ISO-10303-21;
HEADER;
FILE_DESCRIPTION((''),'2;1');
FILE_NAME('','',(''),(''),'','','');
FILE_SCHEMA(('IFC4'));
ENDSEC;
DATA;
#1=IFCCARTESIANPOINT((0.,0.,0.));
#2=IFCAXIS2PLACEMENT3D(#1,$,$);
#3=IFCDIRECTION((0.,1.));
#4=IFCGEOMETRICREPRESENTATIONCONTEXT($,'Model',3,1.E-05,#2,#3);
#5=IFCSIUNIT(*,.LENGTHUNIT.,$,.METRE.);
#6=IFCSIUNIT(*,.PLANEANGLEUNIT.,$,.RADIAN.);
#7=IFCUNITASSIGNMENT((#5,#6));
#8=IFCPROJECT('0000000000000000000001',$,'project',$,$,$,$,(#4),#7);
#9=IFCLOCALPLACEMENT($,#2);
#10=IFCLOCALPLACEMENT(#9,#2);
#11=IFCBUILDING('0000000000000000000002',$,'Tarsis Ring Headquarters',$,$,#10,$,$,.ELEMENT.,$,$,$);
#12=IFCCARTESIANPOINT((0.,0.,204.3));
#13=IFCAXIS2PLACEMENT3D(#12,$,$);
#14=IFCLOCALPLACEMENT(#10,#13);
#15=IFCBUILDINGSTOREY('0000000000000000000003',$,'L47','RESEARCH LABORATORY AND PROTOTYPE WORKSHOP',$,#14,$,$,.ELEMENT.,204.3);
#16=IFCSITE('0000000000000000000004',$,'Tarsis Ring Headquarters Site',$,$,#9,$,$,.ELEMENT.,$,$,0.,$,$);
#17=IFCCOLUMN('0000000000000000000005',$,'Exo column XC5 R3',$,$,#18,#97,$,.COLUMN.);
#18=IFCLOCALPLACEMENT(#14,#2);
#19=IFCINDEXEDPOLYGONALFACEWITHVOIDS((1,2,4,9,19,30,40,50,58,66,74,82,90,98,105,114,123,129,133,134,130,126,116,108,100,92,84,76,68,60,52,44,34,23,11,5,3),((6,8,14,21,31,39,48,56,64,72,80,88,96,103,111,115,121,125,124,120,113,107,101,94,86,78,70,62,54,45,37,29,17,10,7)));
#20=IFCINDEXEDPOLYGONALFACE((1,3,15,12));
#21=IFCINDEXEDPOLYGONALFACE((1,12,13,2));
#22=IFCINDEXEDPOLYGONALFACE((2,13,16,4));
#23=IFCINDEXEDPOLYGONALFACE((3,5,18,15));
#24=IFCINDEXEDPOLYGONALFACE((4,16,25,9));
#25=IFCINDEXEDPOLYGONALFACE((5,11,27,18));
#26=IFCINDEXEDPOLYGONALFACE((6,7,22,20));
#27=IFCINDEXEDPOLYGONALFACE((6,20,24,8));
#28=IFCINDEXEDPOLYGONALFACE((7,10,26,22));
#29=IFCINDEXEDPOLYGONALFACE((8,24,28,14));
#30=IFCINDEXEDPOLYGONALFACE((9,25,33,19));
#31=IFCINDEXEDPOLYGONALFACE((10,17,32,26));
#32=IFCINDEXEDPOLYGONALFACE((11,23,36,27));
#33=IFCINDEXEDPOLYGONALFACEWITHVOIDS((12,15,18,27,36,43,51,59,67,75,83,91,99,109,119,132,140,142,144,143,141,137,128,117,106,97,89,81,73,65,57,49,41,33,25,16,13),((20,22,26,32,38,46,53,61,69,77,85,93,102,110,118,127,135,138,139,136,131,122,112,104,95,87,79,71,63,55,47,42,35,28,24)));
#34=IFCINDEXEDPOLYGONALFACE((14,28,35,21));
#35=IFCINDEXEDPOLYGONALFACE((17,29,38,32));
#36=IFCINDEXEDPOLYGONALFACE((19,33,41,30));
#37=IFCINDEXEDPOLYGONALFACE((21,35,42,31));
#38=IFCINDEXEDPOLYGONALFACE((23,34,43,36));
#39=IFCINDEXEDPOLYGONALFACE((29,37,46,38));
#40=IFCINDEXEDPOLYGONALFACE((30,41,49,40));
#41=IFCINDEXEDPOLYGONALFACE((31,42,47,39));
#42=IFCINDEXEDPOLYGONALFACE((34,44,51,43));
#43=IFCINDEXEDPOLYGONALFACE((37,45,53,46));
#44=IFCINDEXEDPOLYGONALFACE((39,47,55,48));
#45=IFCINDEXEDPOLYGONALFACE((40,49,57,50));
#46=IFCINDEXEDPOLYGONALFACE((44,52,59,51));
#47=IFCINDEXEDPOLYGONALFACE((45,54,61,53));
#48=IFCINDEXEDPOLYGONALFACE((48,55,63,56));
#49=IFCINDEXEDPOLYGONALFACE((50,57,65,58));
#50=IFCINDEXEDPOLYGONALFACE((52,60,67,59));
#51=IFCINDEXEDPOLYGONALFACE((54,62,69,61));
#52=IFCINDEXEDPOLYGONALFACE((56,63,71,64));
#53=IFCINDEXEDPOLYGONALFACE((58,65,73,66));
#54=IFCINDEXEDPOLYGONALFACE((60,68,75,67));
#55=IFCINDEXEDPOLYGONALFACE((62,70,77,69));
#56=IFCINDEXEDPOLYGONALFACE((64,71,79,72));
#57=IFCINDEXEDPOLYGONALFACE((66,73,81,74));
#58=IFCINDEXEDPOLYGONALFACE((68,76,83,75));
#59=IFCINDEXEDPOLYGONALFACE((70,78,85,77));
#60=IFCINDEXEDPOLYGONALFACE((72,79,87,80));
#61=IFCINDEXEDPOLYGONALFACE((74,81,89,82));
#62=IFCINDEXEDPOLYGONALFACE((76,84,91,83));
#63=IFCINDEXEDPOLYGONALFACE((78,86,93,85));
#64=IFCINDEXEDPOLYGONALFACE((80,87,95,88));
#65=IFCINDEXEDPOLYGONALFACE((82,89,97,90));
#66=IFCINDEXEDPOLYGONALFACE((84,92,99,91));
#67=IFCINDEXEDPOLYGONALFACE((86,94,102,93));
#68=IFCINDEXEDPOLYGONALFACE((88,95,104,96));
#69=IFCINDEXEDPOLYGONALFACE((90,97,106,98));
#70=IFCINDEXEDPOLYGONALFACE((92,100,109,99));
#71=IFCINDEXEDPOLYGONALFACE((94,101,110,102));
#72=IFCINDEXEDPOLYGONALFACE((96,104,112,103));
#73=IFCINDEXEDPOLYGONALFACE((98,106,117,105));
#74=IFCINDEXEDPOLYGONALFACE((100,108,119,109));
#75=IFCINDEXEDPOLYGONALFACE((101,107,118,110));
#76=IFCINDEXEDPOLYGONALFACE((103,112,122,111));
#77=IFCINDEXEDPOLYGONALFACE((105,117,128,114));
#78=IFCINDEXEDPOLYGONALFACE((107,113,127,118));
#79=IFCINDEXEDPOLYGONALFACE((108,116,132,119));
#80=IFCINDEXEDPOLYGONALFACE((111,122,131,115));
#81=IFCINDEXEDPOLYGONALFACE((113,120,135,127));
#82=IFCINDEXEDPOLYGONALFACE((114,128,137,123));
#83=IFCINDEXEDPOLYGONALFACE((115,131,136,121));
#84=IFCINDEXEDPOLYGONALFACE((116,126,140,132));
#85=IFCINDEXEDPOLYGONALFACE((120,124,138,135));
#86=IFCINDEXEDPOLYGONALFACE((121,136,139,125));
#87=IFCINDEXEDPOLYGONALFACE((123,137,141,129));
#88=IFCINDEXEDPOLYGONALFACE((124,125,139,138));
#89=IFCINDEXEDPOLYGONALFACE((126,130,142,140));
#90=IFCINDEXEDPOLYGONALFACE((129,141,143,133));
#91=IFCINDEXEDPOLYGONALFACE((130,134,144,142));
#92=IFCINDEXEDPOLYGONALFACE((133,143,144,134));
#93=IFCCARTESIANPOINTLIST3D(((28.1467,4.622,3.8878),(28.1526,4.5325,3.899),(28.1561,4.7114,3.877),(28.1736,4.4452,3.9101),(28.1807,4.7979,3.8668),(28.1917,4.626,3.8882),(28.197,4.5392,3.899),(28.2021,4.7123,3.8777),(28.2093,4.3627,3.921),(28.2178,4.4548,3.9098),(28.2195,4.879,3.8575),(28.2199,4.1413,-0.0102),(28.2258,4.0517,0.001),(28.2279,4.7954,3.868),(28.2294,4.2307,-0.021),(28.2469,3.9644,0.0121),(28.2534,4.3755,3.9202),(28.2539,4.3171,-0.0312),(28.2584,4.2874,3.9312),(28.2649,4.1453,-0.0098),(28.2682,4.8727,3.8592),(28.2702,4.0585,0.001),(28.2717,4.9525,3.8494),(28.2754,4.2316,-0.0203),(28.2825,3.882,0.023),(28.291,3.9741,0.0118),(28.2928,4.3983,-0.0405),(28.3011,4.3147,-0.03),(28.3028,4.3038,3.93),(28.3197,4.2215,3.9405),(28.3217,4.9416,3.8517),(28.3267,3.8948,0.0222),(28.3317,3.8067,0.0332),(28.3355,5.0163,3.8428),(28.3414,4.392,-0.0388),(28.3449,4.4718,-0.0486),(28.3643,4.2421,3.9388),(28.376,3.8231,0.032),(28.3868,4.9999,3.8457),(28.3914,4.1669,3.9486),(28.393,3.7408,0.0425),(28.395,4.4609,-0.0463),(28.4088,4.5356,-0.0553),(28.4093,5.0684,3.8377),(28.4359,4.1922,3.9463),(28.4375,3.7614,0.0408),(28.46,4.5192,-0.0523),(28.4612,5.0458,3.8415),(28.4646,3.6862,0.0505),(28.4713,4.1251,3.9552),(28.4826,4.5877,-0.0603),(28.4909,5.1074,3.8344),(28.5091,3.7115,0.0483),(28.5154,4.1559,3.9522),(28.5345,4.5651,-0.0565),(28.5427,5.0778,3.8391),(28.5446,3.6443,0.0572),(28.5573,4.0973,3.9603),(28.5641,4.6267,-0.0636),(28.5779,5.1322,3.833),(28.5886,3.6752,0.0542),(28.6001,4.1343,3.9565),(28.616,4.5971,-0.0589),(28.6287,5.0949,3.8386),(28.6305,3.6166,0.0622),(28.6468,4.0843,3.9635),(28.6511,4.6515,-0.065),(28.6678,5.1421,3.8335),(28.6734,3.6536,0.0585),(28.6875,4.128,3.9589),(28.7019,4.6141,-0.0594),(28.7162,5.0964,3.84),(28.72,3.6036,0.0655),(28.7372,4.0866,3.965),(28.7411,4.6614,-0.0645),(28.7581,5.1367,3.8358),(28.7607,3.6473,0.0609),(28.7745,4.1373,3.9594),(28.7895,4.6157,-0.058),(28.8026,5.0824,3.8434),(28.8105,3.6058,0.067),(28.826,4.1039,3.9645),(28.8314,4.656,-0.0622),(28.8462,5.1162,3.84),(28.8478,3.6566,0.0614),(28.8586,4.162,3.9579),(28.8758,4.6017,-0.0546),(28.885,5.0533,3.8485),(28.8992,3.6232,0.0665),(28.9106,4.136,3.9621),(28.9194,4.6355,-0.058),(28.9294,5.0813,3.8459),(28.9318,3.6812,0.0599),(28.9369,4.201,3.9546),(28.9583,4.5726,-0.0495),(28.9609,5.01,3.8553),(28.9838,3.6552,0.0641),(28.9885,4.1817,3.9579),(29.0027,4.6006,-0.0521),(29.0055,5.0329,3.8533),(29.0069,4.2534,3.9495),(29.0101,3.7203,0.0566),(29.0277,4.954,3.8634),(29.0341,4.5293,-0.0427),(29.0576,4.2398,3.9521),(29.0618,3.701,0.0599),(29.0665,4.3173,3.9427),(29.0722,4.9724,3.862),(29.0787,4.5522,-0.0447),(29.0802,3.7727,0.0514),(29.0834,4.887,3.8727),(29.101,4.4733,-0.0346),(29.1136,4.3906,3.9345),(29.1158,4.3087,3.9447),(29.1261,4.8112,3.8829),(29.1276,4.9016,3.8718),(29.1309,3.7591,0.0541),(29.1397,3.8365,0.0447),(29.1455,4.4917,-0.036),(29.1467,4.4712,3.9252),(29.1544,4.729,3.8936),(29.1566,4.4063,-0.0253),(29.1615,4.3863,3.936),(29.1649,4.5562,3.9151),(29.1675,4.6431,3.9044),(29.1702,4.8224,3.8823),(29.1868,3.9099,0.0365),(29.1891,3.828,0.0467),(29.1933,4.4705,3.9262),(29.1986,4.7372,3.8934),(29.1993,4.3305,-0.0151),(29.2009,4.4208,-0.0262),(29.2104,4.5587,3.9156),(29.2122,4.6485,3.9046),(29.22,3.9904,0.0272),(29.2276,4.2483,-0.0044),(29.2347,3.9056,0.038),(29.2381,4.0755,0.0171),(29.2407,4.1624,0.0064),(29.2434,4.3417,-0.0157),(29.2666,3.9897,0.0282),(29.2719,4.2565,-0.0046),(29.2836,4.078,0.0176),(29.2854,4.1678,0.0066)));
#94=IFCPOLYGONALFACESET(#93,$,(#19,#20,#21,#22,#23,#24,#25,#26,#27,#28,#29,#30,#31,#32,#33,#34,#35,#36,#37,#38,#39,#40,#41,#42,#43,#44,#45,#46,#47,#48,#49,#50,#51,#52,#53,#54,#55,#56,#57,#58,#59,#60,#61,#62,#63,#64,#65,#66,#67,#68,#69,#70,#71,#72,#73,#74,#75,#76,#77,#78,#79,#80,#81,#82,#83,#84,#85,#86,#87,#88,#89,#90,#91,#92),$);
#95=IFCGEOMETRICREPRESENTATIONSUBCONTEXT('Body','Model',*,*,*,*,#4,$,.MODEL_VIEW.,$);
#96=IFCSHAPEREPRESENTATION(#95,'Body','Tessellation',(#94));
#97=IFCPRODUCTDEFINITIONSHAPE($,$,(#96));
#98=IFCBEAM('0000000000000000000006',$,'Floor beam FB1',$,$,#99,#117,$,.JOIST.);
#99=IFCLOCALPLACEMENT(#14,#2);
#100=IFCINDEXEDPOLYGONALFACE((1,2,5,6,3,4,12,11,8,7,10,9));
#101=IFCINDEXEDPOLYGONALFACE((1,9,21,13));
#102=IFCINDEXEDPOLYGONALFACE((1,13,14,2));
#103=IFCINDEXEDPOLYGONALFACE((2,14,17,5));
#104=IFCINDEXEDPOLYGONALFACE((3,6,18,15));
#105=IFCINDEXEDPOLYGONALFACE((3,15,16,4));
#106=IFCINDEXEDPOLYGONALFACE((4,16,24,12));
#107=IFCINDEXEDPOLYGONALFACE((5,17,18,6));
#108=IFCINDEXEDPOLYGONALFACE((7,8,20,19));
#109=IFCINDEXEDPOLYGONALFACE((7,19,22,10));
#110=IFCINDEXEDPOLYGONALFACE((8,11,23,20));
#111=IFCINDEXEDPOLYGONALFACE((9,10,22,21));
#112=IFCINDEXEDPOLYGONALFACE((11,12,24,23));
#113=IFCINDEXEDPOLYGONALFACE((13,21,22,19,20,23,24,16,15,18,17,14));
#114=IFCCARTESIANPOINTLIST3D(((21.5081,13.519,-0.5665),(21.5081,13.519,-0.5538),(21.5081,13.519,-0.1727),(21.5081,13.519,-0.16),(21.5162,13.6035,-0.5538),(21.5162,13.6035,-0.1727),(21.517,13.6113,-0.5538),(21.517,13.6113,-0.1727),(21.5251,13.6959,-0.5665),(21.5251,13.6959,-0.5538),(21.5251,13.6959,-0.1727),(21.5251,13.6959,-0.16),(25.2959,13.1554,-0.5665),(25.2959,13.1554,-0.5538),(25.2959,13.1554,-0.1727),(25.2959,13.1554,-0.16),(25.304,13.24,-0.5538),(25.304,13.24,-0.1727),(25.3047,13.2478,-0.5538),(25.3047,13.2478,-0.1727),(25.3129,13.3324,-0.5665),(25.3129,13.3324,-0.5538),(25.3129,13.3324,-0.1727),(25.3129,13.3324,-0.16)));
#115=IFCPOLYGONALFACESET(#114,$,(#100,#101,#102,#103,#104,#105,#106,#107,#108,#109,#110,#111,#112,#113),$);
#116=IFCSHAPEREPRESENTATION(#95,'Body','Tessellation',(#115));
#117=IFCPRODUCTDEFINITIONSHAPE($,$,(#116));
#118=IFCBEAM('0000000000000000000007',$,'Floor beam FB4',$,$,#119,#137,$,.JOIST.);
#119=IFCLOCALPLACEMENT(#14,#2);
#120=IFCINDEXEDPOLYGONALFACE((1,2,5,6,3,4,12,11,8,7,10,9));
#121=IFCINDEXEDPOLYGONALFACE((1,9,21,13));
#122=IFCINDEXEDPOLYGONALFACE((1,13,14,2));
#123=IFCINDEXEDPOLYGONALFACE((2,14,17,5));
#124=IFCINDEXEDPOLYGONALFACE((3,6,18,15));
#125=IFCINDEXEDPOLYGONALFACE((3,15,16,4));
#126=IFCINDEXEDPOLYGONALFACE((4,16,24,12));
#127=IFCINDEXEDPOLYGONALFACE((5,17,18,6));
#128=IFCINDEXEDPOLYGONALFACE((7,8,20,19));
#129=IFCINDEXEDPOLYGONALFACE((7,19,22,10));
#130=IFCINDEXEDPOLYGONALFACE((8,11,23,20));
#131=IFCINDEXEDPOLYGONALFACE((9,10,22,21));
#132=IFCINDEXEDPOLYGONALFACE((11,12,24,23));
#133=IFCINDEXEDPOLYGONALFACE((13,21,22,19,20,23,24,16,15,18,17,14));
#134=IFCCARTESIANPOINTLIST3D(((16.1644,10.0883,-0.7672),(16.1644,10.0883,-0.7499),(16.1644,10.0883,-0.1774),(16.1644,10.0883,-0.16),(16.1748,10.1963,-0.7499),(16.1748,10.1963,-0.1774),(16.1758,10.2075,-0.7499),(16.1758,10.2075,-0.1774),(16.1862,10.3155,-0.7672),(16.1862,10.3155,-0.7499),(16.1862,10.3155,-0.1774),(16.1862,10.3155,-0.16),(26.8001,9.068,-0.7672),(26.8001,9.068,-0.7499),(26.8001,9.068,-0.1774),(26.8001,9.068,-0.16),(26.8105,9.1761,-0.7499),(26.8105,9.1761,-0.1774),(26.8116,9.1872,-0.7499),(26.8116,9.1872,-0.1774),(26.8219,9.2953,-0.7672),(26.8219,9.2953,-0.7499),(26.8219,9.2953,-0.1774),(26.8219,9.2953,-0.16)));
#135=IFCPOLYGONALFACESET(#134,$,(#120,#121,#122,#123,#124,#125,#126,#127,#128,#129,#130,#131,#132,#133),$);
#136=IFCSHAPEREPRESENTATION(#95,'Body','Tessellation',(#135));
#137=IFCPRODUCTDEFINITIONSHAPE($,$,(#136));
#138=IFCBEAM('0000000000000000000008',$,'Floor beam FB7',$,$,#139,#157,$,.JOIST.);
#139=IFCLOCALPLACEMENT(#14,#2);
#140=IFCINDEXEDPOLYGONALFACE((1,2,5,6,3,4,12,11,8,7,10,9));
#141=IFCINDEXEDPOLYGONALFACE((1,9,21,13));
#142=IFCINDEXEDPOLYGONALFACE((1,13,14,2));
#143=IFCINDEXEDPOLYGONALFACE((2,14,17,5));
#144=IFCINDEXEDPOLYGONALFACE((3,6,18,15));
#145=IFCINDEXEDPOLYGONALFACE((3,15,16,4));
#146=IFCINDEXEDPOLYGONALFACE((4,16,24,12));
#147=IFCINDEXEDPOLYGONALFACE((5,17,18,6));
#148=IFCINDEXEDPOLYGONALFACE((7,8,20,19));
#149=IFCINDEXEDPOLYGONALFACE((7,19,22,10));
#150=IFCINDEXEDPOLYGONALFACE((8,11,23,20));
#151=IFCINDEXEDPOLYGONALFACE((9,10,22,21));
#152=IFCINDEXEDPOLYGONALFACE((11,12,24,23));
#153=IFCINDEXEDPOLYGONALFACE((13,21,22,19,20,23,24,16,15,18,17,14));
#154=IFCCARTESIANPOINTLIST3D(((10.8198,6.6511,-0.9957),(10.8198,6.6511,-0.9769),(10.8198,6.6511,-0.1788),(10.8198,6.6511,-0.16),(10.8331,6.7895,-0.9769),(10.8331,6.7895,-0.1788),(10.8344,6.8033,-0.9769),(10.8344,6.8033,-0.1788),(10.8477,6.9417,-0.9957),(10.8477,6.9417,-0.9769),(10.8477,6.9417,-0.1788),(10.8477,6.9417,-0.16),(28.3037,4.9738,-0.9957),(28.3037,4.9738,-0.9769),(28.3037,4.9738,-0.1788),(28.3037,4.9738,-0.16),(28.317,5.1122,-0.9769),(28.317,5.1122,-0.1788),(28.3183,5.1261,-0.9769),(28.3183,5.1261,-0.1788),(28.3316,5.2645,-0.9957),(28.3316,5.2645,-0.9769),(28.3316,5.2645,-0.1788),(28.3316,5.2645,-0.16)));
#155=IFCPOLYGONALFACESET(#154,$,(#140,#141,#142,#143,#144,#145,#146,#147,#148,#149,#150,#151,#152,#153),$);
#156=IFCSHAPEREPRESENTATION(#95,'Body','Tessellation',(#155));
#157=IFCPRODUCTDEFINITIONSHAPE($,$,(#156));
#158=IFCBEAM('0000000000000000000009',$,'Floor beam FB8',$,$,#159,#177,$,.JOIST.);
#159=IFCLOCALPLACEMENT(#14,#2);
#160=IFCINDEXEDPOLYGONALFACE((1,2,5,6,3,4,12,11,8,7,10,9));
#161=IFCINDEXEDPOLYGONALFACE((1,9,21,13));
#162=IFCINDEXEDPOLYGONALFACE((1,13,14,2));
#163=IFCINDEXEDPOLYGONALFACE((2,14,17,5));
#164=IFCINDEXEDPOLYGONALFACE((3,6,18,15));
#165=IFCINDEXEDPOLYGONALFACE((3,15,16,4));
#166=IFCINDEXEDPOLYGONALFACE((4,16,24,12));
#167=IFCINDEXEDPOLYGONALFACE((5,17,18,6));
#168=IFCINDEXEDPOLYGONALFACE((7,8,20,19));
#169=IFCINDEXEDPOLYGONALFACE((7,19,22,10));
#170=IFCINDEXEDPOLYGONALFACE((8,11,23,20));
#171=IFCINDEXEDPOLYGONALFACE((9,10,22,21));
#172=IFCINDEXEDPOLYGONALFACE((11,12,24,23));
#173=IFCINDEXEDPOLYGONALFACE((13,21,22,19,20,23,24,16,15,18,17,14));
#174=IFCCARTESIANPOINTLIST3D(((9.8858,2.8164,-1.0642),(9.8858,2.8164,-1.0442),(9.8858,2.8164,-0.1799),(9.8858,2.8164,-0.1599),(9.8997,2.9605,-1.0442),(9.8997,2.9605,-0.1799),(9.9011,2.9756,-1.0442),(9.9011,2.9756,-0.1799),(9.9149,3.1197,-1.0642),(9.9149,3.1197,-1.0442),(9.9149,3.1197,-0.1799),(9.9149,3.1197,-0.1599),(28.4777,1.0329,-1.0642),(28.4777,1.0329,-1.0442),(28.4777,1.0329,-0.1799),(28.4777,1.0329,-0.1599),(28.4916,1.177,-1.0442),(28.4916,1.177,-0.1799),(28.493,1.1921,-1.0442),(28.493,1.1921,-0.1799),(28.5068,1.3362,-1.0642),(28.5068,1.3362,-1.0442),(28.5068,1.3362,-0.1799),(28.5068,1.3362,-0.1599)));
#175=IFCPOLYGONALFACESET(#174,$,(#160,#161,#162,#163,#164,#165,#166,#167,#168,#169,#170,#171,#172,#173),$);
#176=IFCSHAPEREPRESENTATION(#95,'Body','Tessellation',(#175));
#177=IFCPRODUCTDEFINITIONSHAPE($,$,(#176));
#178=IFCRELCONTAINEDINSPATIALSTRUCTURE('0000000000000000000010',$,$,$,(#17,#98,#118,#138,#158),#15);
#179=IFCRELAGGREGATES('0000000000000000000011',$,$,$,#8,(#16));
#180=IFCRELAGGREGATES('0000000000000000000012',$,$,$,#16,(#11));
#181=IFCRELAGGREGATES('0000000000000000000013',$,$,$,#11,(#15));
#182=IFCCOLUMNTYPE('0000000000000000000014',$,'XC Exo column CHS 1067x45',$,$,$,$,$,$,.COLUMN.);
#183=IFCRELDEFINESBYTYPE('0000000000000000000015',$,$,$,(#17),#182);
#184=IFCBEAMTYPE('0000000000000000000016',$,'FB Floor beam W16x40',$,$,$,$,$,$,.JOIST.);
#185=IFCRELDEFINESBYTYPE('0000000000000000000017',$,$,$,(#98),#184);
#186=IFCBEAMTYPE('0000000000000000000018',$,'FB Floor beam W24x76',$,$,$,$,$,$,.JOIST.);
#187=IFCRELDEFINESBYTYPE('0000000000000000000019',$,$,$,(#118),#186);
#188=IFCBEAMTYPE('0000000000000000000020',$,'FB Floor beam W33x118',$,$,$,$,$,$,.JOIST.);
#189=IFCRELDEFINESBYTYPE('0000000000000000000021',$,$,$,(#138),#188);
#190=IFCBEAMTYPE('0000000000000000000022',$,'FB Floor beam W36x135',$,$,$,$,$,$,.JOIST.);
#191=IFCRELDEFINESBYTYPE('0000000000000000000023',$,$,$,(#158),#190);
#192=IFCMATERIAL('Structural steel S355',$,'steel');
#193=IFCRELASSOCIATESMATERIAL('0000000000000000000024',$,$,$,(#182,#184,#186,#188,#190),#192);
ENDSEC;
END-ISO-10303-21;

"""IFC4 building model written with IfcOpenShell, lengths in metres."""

from ifc_helpers import new_model, si_unit, direction, frame, origin, origin_2d, place, context, subcontext, project, spatial, hollow_circle, i_section, extrude, material, material_profile, profile_set, type_object, element, save


model = new_model("IFC4")

# Units and contexts
model_context = context("Model", 3, precision=1e-05, world=origin(), true_north=direction((0.0, 1.0)))
body_context = subcontext(model_context, "Body", "Model", "MODEL_VIEW")
ifc_project = project(units=[si_unit("LENGTHUNIT", "METRE"), si_unit("PLANEANGLEUNIT", "RADIAN")], contexts=[model_context])

# Site, building, storey
site_placement = place(None, origin())
site = spatial("IfcSite", under=ifc_project, at=site_placement, Name="Tarsis Ring Headquarters Site", CompositionType="ELEMENT", RefElevation=0.0)
building_placement = place(site_placement, origin())
building = spatial("IfcBuilding", under=site, at=building_placement, Name="Tarsis Ring Headquarters", CompositionType="ELEMENT")
storey_placement = place(building_placement, frame((0.0, 0.0, 204.3)))
storey = spatial("IfcBuildingStorey", under=building, at=storey_placement, Name="L47", Description="RESEARCH LABORATORY AND PROTOTYPE WORKSHOP", CompositionType="ELEMENT", Elevation=204.3)

# Column
ifc_material_1 = material(Name="Structural steel S355", Category="steel")
ifc_material_profile_1 = material_profile(ifc_material_1, hollow_circle(Radius=0.5334, WallThickness=0.0449, at=origin_2d()), Name="CHS 1067x45")
ifc_profile_set_1 = profile_set([ifc_material_profile_1], Name="Structural steel S355")
column_type = type_object("IfcColumnType", Name="XC Exo column CHS 1067x45", PredefinedType="COLUMN", material=ifc_profile_set_1)
column_placement = place(storey_placement, frame((28.7532, 4.1321, 0.001), z_axis=(-0.018645, 0.122376, 0.992309), x_axis=(-0.988591, -0.150623, 0.0)))
element("IfcColumn", 1, at=column_placement, inside=storey, type_object=column_type, Name="Exo column XC5 R3", PredefinedType="COLUMN", context=body_context, shape_type="SweptSolid", body=[
    extrude(hollow_circle(Radius=0.5334, WallThickness=0.0449, at=origin_2d()), origin(), (0.0, 0.0, 1.0), 3.9282),
])

# Beams
ifc_material_profile_2 = material_profile(ifc_material_1, i_section(OverallWidth=0.1777, OverallDepth=0.4065, WebThickness=0.0078, FlangeThickness=0.0127, at=origin_2d()), Name="W16x40")
ifc_profile_set_2 = profile_set([ifc_material_profile_2], Name="Structural steel S355")
beam_type_1 = type_object("IfcBeamType", Name="FB Floor beam W16x40", PredefinedType="JOIST", material=ifc_profile_set_2)
beam_1_placement = place(storey_placement, frame((21.5166, 13.6074, -0.3633), z_axis=(0.995426, -0.095533, 0.0), x_axis=(0.095533, 0.995426, 0.0)))
element("IfcBeam", 2, at=beam_1_placement, inside=storey, type_object=beam_type_1, Name="Floor beam FB1", PredefinedType="JOIST", context=body_context, shape_type="SweptSolid", body=[
    extrude(i_section(OverallWidth=0.1777, OverallDepth=0.4065, WebThickness=0.0078, FlangeThickness=0.0127, at=origin_2d()), origin(), (0.0, 0.0, 1.0), 3.8052),
])
ifc_material_profile_3 = material_profile(ifc_material_1, i_section(OverallWidth=0.2283, OverallDepth=0.6072, WebThickness=0.0112, FlangeThickness=0.0173, at=origin_2d()), Name="W24x76")
ifc_profile_set_3 = profile_set([ifc_material_profile_3], Name="Structural steel S355")
beam_type_2 = type_object("IfcBeamType", Name="FB Floor beam W24x76", PredefinedType="JOIST", material=ifc_profile_set_3)
beam_2_placement = place(storey_placement, frame((16.1753, 10.2019, -0.4636), z_axis=(0.99543, -0.095489, 0.0), x_axis=(0.095489, 0.99543, 0.0)))
element("IfcBeam", 3, at=beam_2_placement, inside=storey, type_object=beam_type_2, Name="Floor beam FB4", PredefinedType="JOIST", context=body_context, shape_type="SweptSolid", body=[
    extrude(i_section(OverallWidth=0.2283, OverallDepth=0.6072, WebThickness=0.0112, FlangeThickness=0.0173, at=origin_2d()), origin(), (0.0, 0.0, 1.0), 10.6846),
])
ifc_material_profile_4 = material_profile(ifc_material_1, i_section(OverallWidth=0.292, OverallDepth=0.8357, WebThickness=0.0139, FlangeThickness=0.0188, at=origin_2d()), Name="W33x118")
ifc_profile_set_4 = profile_set([ifc_material_profile_4], Name="Structural steel S355")
beam_type_3 = type_object("IfcBeamType", Name="FB Floor beam W33x118", PredefinedType="JOIST", material=ifc_profile_set_4)
beam_3_placement = place(storey_placement, frame((10.8337, 6.7964, -0.5779), z_axis=(0.99543, -0.095493, 0.0), x_axis=(0.095493, 0.99543, 0.0)))
element("IfcBeam", 4, at=beam_3_placement, inside=storey, type_object=beam_type_3, Name="Floor beam FB7", PredefinedType="JOIST", context=body_context, shape_type="SweptSolid", body=[
    extrude(i_section(OverallWidth=0.292, OverallDepth=0.8357, WebThickness=0.0139, FlangeThickness=0.0188, at=origin_2d()), origin(), (0.0, 0.0, 1.0), 17.5642),
])
ifc_material_profile_5 = material_profile(ifc_material_1, i_section(OverallWidth=0.3047, OverallDepth=0.9043, WebThickness=0.0151, FlangeThickness=0.02, at=origin_2d()), Name="W36x135")
ifc_profile_set_5 = profile_set([ifc_material_profile_5], Name="Structural steel S355")
beam_type_4 = type_object("IfcBeamType", Name="FB Floor beam W36x135", PredefinedType="JOIST", material=ifc_profile_set_5)
beam_4_placement = place(storey_placement, frame((9.9004, 2.968, -0.6121), z_axis=(0.995431, -0.095488, 0.0), x_axis=(0.095488, 0.995431, 0.0)))
element("IfcBeam", 5, at=beam_4_placement, inside=storey, type_object=beam_type_4, Name="Floor beam FB8", PredefinedType="JOIST", context=body_context, shape_type="SweptSolid", body=[
    extrude(i_section(OverallWidth=0.3047, OverallDepth=0.9043, WebThickness=0.0151, FlangeThickness=0.02, at=origin_2d()), origin(), (0.0, 0.0, 1.0), 18.6772),
])

save(model, "model.ifc")
